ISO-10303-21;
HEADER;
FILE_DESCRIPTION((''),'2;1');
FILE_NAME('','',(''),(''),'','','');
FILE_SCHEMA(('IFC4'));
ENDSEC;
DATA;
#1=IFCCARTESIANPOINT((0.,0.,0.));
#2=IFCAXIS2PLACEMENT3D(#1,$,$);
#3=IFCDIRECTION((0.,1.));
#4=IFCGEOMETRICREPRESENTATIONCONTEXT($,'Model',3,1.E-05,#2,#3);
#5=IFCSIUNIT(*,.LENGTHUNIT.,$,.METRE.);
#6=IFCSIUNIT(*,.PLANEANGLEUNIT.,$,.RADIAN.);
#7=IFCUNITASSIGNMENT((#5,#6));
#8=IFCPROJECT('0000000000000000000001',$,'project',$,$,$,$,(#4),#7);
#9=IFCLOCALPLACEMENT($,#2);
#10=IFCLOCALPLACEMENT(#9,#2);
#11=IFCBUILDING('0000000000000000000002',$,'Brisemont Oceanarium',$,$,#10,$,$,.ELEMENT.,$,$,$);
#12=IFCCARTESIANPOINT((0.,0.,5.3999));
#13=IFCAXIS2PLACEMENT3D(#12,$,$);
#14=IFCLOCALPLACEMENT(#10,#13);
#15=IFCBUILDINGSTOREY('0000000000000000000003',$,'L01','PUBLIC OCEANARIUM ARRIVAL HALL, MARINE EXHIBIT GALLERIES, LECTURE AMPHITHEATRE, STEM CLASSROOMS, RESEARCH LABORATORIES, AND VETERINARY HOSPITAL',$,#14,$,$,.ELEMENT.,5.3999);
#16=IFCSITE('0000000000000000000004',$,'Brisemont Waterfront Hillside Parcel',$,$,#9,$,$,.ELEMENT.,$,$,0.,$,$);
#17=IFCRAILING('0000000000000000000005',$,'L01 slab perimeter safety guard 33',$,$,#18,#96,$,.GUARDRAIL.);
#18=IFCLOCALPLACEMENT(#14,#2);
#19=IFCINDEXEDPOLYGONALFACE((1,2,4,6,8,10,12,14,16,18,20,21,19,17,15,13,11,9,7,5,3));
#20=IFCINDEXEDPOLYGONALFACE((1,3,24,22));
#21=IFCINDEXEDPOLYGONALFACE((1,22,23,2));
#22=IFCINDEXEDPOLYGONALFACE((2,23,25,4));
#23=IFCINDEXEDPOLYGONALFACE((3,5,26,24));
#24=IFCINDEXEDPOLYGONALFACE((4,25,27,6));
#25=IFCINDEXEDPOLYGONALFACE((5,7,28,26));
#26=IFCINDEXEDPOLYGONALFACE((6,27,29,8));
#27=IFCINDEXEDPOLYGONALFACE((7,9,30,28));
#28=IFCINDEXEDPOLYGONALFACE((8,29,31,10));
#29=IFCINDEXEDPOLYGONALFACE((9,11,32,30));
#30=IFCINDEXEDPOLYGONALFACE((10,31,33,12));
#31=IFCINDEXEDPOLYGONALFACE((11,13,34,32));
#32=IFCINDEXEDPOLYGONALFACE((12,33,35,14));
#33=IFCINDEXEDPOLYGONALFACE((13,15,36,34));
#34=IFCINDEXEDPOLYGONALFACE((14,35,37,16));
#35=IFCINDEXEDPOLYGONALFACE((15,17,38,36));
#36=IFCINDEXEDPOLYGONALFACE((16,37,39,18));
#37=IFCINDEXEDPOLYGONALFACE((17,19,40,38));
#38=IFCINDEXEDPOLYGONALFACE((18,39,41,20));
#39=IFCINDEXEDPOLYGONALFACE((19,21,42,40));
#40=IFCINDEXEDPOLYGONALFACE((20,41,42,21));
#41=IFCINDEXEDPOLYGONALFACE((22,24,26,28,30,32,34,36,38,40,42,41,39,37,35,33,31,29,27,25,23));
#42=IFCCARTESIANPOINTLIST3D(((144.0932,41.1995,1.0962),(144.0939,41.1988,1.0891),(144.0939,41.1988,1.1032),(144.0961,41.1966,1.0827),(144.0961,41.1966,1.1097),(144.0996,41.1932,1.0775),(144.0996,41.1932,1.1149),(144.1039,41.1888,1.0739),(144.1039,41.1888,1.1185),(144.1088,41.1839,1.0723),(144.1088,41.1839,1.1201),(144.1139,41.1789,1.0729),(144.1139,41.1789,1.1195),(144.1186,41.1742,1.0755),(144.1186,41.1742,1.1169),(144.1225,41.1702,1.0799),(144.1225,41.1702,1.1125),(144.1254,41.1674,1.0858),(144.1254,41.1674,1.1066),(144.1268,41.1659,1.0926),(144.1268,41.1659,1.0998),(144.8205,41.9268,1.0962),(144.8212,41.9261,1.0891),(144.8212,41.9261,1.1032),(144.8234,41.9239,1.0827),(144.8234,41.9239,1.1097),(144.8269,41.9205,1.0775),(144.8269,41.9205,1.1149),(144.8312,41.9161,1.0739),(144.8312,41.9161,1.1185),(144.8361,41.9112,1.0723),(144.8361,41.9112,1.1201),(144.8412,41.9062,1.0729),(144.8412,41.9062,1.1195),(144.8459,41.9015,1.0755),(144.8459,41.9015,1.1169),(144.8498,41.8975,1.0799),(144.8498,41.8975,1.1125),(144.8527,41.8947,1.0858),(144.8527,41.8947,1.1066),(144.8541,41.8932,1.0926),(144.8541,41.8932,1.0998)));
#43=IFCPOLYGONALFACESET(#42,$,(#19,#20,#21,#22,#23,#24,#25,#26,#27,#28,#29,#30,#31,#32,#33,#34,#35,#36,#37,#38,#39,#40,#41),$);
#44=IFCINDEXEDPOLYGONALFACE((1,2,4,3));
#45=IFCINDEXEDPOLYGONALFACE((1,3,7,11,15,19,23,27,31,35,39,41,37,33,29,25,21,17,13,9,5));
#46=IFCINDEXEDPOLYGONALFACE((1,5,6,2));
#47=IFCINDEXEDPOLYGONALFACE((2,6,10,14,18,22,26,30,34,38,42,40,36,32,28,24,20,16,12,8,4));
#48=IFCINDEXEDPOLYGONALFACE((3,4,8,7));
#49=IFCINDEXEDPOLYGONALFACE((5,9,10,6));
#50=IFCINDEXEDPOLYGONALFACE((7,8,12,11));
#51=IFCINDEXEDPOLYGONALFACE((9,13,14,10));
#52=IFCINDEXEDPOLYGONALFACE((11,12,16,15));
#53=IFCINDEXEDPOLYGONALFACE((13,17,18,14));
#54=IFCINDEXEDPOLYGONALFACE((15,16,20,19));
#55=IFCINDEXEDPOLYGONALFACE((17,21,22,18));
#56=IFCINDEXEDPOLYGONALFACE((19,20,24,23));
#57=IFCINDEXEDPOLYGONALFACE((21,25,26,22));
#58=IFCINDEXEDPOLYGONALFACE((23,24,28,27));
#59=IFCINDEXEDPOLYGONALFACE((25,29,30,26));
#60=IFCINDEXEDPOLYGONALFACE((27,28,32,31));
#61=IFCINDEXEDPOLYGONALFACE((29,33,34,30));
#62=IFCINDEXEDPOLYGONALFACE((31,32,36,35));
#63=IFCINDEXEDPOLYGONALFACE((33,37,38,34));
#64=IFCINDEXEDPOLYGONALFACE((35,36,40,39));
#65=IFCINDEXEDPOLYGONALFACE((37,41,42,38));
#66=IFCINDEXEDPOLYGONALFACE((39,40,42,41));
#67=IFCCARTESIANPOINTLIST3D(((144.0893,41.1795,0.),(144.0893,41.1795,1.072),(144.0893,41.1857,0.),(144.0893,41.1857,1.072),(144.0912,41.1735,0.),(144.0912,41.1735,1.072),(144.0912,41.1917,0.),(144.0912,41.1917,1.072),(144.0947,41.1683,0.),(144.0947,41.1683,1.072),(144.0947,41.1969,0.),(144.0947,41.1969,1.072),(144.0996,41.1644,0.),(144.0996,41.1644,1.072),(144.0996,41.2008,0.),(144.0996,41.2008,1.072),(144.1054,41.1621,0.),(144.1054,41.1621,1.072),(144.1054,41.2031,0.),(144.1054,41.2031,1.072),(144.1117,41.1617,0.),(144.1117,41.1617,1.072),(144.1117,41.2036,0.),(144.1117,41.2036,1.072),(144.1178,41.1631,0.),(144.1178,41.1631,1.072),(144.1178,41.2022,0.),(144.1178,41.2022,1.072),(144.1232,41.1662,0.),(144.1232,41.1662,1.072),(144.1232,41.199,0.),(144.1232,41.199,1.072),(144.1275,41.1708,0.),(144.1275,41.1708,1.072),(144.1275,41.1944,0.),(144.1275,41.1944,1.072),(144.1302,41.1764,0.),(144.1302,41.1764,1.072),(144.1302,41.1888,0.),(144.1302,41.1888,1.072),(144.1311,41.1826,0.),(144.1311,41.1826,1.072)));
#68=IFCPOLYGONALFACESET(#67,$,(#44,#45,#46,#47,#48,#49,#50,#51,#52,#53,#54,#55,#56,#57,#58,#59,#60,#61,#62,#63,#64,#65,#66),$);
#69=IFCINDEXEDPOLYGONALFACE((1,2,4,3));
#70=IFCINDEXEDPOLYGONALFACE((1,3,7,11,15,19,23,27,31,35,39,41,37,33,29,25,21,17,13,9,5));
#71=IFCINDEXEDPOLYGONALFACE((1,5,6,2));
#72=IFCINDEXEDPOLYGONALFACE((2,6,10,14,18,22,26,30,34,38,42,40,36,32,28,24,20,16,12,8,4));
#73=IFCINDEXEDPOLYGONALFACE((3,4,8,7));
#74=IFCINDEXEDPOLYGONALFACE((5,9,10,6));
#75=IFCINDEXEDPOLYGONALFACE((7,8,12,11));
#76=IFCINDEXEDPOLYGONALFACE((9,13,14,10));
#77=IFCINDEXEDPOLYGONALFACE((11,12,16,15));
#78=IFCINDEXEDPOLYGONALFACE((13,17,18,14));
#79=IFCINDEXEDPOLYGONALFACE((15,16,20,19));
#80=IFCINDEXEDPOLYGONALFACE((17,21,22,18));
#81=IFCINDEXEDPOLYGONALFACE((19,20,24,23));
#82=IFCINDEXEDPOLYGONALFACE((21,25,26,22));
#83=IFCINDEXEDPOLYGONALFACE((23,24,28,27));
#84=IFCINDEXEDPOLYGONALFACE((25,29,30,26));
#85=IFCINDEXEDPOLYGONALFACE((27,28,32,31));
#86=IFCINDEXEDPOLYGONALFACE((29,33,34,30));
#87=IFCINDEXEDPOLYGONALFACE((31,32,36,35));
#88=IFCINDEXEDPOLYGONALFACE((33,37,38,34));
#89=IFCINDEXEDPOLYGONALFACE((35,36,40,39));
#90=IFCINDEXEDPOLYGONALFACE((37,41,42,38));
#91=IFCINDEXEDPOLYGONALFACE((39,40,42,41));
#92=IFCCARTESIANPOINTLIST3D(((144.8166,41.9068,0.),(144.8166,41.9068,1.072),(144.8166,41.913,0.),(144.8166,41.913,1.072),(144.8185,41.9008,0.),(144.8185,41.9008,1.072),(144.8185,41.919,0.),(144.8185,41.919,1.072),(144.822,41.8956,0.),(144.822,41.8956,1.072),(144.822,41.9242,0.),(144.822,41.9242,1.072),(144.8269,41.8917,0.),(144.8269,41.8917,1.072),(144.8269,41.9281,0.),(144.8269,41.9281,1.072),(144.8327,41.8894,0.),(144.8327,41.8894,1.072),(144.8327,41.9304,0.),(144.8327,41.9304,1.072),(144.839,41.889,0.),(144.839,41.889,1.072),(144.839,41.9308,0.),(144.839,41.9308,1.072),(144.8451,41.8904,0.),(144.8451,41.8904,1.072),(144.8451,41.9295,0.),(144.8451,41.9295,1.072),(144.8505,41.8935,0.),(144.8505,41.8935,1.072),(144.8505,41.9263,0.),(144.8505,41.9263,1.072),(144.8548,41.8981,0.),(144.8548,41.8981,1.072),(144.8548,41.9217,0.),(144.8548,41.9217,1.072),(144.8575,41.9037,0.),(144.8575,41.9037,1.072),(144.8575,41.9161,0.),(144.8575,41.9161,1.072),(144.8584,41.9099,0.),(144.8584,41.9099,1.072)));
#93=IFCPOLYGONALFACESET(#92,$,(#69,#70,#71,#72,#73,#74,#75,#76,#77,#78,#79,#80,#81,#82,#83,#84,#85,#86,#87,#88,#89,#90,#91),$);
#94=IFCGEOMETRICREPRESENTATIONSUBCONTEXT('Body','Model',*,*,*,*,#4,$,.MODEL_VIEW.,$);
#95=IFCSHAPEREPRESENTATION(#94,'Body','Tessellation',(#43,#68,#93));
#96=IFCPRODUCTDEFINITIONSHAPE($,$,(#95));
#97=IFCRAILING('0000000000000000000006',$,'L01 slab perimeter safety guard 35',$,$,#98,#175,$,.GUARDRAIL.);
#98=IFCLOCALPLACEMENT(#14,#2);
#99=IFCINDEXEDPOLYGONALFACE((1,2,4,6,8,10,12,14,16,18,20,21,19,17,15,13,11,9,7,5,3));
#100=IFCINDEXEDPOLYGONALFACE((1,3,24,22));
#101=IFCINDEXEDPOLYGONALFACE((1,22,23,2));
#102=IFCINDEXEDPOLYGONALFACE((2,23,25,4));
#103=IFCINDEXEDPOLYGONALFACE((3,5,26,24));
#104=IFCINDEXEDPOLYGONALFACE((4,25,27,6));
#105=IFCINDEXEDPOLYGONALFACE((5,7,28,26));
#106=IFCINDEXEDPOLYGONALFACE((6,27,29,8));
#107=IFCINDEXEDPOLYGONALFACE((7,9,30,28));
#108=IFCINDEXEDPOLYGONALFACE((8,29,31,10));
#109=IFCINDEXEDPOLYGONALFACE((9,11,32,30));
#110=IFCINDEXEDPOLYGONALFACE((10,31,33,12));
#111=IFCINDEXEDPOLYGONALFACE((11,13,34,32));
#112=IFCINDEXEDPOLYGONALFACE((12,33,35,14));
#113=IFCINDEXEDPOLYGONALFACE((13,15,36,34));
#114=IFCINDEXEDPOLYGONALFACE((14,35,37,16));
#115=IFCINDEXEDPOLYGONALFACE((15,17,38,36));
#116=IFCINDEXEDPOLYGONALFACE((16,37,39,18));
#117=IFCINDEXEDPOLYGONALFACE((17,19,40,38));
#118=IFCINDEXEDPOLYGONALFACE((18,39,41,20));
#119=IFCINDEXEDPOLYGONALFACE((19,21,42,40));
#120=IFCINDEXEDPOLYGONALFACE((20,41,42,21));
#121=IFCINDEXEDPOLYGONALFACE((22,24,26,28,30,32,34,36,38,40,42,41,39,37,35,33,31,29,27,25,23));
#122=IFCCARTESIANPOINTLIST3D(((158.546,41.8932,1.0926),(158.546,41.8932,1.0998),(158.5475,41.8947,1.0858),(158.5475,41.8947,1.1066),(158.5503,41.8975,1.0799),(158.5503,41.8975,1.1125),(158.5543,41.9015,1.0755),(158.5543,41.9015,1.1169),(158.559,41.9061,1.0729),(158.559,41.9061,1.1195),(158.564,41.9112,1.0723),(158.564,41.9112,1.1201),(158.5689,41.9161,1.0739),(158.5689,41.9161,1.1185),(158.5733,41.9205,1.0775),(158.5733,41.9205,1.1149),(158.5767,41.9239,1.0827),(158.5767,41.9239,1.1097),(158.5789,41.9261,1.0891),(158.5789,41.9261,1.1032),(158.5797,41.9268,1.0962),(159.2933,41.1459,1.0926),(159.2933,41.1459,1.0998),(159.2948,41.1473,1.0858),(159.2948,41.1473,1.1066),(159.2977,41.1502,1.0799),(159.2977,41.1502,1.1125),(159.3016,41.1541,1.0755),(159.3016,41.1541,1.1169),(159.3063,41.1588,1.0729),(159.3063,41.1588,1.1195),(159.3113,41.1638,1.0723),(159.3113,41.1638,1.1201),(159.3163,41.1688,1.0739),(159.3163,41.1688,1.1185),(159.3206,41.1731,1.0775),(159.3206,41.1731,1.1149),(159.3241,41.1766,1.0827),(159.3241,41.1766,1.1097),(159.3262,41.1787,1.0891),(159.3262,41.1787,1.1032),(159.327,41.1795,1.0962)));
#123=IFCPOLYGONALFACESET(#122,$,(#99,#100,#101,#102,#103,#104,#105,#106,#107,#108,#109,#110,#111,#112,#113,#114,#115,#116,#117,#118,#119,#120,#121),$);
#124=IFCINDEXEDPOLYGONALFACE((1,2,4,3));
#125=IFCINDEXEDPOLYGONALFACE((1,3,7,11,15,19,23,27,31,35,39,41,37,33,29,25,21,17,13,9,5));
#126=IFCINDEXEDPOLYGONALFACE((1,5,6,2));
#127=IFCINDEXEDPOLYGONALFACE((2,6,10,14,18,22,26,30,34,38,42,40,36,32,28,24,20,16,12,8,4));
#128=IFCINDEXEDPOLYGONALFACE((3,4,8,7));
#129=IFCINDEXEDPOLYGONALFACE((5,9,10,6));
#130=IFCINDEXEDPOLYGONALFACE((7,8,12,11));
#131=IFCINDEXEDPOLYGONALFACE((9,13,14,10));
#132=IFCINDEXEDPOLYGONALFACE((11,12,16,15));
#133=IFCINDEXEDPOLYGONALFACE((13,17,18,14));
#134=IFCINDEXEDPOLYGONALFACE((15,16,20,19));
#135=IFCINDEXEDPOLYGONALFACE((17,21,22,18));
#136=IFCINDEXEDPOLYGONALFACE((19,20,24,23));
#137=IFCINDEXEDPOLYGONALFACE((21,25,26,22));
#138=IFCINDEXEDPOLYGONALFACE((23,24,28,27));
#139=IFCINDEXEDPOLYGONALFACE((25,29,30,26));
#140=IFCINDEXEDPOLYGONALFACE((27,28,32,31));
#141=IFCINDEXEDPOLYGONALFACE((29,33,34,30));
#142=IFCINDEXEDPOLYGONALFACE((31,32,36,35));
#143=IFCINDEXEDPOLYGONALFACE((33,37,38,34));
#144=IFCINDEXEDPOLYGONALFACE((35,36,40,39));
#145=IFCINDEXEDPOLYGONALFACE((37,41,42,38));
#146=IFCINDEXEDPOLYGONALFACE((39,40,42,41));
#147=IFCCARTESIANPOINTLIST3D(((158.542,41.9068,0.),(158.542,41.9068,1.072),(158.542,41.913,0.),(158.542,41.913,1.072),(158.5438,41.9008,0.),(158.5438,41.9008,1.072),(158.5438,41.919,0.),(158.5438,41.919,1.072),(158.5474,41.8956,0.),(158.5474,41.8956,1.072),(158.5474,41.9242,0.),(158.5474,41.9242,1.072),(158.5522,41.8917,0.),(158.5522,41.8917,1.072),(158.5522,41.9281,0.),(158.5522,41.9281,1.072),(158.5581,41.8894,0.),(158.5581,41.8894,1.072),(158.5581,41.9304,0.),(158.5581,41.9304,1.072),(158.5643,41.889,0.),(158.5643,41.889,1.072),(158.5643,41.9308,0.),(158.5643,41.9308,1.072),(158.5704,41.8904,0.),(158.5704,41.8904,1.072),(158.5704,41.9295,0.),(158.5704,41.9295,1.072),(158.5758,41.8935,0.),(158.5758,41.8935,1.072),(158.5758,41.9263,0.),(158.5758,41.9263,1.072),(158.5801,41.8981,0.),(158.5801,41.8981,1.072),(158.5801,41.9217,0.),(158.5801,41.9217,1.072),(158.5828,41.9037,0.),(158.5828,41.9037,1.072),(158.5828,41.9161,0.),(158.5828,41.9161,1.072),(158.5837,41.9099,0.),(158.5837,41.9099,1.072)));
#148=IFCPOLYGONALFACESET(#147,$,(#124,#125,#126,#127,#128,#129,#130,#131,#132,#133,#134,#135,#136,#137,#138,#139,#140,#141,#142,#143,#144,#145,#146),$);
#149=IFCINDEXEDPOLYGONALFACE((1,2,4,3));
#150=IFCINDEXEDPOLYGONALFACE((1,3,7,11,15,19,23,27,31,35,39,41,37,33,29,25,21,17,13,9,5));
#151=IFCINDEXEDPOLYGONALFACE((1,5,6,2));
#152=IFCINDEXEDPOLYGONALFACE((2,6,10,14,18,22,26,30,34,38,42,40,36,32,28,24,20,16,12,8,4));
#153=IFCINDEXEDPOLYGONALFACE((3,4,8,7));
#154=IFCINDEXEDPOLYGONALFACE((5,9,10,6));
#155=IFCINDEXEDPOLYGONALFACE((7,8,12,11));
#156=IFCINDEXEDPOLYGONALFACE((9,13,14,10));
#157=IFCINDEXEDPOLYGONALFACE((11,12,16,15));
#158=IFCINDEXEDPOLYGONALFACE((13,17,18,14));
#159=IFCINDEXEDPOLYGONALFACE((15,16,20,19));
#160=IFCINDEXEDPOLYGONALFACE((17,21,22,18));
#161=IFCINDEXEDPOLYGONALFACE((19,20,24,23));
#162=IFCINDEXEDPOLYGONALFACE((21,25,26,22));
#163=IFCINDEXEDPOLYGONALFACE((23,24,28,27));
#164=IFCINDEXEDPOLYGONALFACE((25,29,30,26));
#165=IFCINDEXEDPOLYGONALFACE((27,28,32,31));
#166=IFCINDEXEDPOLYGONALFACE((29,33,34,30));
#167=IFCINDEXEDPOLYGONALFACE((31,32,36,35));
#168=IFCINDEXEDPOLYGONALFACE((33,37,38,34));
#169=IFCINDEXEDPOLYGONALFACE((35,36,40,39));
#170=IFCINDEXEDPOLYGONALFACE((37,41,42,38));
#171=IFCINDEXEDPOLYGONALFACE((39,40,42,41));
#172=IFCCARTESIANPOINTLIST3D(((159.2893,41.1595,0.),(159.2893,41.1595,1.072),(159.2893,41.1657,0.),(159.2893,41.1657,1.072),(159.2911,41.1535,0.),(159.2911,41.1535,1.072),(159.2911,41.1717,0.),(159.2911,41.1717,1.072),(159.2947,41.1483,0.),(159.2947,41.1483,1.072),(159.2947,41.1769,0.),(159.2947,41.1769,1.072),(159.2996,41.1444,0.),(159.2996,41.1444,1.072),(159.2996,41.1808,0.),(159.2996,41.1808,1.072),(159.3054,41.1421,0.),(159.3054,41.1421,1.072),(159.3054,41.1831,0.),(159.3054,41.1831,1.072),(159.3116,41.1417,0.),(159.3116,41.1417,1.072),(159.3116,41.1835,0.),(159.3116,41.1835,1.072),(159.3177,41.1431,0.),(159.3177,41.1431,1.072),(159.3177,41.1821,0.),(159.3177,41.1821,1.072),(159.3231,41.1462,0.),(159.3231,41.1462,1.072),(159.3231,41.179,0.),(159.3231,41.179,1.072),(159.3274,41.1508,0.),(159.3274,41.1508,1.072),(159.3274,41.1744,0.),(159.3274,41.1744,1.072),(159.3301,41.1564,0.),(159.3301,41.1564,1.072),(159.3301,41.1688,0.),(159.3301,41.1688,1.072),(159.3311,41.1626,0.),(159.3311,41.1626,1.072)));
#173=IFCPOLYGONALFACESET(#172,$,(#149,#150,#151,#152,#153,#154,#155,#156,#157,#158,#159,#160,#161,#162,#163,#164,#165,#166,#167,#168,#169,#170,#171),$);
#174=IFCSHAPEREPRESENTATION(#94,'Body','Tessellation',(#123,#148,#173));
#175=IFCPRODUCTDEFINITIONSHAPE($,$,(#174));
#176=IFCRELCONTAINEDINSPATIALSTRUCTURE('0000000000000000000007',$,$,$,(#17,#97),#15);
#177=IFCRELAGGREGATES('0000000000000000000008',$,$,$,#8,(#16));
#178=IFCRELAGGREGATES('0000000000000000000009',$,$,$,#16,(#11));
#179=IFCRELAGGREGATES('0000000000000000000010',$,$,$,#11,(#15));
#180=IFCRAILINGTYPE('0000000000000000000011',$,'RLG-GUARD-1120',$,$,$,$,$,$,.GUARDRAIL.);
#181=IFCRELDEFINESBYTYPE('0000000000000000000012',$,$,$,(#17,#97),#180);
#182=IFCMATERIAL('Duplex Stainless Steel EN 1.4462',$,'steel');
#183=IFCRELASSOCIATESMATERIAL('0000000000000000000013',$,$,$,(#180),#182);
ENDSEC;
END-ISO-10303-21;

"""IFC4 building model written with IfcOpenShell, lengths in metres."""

from ifc_helpers import new_model, si_unit, direction, frame, origin, origin_2d, place, context, subcontext, project, spatial, circle, extrude, material, type_object, element, save


model = new_model("IFC4")

# Units and contexts
model_context = context("Model", 3, precision=1e-05, world=origin(), true_north=direction((0.0, 1.0)))
body_context = subcontext(model_context, "Body", "Model", "MODEL_VIEW")
ifc_project = project(units=[si_unit("LENGTHUNIT", "METRE"), si_unit("PLANEANGLEUNIT", "RADIAN")], contexts=[model_context])

# Site, building, storey
site_placement = place(None, origin())
site = spatial("IfcSite", under=ifc_project, at=site_placement, Name="Brisemont Waterfront Hillside Parcel", CompositionType="ELEMENT", RefElevation=0.0)
building_placement = place(site_placement, origin())
building = spatial("IfcBuilding", under=site, at=building_placement, Name="Brisemont Oceanarium", CompositionType="ELEMENT")
storey_placement = place(building_placement, frame((0.0, 0.0, 5.3999)))
storey = spatial("IfcBuildingStorey", under=building, at=storey_placement, Name="L01", Description="PUBLIC OCEANARIUM ARRIVAL HALL, MARINE EXHIBIT GALLERIES, LECTURE AMPHITHEATRE, STEM CLASSROOMS, RESEARCH LABORATORIES, AND VETERINARY HOSPITAL", CompositionType="ELEMENT", Elevation=5.3999)

# Railings
ifc_material_1 = material(Name="Duplex Stainless Steel EN 1.4462", Category="steel")
railing_type_1 = type_object("IfcRailingType", Name="RLG-GUARD-1120", PredefinedType="GUARDRAIL", material=ifc_material_1)
railing_1_placement = place(storey_placement, frame((144.1101, 41.1826, 0.0)))
element("IfcRailing", 1, at=railing_1_placement, inside=storey, type_object=railing_type_1, Name="L01 slab perimeter safety guard 33", PredefinedType="GUARDRAIL", context=body_context, shape_type="SweptSolid", body=[
    extrude(circle(Radius=0.0239, at=origin_2d()), frame((0.0, 0.0, 1.0962), z_axis=(0.707107, 0.707107, 0.0), x_axis=(-0.707107, 0.707107, 0.0)), (0.0, 0.0, 1.0), 1.0286),
    extrude(circle(Radius=0.021, at=origin_2d()), origin(), (0.0, 0.0, 1.0), 1.072),
    extrude(circle(Radius=0.021, at=origin_2d()), frame((0.7273, 0.7273, 0.0)), (0.0, 0.0, 1.0), 1.072),
])
railing_2_placement = place(storey_placement, frame((158.5627, 41.9099, 0.0)))
element("IfcRailing", 2, at=railing_2_placement, inside=storey, type_object=railing_type_1, Name="L01 slab perimeter safety guard 35", PredefinedType="GUARDRAIL", context=body_context, shape_type="SweptSolid", body=[
    extrude(circle(Radius=0.0239, at=origin_2d()), frame((0.0, 0.0, 1.0962), z_axis=(0.707107, -0.707107, 0.0), x_axis=(0.707107, 0.707107, 0.0)), (0.0, 0.0, 1.0), 1.0569),
    extrude(circle(Radius=0.021, at=origin_2d()), origin(), (0.0, 0.0, 1.0), 1.072),
    extrude(circle(Radius=0.021, at=origin_2d()), frame((0.7473, -0.7473, 0.0)), (0.0, 0.0, 1.0), 1.072),
])

save(model, "model.ifc")
